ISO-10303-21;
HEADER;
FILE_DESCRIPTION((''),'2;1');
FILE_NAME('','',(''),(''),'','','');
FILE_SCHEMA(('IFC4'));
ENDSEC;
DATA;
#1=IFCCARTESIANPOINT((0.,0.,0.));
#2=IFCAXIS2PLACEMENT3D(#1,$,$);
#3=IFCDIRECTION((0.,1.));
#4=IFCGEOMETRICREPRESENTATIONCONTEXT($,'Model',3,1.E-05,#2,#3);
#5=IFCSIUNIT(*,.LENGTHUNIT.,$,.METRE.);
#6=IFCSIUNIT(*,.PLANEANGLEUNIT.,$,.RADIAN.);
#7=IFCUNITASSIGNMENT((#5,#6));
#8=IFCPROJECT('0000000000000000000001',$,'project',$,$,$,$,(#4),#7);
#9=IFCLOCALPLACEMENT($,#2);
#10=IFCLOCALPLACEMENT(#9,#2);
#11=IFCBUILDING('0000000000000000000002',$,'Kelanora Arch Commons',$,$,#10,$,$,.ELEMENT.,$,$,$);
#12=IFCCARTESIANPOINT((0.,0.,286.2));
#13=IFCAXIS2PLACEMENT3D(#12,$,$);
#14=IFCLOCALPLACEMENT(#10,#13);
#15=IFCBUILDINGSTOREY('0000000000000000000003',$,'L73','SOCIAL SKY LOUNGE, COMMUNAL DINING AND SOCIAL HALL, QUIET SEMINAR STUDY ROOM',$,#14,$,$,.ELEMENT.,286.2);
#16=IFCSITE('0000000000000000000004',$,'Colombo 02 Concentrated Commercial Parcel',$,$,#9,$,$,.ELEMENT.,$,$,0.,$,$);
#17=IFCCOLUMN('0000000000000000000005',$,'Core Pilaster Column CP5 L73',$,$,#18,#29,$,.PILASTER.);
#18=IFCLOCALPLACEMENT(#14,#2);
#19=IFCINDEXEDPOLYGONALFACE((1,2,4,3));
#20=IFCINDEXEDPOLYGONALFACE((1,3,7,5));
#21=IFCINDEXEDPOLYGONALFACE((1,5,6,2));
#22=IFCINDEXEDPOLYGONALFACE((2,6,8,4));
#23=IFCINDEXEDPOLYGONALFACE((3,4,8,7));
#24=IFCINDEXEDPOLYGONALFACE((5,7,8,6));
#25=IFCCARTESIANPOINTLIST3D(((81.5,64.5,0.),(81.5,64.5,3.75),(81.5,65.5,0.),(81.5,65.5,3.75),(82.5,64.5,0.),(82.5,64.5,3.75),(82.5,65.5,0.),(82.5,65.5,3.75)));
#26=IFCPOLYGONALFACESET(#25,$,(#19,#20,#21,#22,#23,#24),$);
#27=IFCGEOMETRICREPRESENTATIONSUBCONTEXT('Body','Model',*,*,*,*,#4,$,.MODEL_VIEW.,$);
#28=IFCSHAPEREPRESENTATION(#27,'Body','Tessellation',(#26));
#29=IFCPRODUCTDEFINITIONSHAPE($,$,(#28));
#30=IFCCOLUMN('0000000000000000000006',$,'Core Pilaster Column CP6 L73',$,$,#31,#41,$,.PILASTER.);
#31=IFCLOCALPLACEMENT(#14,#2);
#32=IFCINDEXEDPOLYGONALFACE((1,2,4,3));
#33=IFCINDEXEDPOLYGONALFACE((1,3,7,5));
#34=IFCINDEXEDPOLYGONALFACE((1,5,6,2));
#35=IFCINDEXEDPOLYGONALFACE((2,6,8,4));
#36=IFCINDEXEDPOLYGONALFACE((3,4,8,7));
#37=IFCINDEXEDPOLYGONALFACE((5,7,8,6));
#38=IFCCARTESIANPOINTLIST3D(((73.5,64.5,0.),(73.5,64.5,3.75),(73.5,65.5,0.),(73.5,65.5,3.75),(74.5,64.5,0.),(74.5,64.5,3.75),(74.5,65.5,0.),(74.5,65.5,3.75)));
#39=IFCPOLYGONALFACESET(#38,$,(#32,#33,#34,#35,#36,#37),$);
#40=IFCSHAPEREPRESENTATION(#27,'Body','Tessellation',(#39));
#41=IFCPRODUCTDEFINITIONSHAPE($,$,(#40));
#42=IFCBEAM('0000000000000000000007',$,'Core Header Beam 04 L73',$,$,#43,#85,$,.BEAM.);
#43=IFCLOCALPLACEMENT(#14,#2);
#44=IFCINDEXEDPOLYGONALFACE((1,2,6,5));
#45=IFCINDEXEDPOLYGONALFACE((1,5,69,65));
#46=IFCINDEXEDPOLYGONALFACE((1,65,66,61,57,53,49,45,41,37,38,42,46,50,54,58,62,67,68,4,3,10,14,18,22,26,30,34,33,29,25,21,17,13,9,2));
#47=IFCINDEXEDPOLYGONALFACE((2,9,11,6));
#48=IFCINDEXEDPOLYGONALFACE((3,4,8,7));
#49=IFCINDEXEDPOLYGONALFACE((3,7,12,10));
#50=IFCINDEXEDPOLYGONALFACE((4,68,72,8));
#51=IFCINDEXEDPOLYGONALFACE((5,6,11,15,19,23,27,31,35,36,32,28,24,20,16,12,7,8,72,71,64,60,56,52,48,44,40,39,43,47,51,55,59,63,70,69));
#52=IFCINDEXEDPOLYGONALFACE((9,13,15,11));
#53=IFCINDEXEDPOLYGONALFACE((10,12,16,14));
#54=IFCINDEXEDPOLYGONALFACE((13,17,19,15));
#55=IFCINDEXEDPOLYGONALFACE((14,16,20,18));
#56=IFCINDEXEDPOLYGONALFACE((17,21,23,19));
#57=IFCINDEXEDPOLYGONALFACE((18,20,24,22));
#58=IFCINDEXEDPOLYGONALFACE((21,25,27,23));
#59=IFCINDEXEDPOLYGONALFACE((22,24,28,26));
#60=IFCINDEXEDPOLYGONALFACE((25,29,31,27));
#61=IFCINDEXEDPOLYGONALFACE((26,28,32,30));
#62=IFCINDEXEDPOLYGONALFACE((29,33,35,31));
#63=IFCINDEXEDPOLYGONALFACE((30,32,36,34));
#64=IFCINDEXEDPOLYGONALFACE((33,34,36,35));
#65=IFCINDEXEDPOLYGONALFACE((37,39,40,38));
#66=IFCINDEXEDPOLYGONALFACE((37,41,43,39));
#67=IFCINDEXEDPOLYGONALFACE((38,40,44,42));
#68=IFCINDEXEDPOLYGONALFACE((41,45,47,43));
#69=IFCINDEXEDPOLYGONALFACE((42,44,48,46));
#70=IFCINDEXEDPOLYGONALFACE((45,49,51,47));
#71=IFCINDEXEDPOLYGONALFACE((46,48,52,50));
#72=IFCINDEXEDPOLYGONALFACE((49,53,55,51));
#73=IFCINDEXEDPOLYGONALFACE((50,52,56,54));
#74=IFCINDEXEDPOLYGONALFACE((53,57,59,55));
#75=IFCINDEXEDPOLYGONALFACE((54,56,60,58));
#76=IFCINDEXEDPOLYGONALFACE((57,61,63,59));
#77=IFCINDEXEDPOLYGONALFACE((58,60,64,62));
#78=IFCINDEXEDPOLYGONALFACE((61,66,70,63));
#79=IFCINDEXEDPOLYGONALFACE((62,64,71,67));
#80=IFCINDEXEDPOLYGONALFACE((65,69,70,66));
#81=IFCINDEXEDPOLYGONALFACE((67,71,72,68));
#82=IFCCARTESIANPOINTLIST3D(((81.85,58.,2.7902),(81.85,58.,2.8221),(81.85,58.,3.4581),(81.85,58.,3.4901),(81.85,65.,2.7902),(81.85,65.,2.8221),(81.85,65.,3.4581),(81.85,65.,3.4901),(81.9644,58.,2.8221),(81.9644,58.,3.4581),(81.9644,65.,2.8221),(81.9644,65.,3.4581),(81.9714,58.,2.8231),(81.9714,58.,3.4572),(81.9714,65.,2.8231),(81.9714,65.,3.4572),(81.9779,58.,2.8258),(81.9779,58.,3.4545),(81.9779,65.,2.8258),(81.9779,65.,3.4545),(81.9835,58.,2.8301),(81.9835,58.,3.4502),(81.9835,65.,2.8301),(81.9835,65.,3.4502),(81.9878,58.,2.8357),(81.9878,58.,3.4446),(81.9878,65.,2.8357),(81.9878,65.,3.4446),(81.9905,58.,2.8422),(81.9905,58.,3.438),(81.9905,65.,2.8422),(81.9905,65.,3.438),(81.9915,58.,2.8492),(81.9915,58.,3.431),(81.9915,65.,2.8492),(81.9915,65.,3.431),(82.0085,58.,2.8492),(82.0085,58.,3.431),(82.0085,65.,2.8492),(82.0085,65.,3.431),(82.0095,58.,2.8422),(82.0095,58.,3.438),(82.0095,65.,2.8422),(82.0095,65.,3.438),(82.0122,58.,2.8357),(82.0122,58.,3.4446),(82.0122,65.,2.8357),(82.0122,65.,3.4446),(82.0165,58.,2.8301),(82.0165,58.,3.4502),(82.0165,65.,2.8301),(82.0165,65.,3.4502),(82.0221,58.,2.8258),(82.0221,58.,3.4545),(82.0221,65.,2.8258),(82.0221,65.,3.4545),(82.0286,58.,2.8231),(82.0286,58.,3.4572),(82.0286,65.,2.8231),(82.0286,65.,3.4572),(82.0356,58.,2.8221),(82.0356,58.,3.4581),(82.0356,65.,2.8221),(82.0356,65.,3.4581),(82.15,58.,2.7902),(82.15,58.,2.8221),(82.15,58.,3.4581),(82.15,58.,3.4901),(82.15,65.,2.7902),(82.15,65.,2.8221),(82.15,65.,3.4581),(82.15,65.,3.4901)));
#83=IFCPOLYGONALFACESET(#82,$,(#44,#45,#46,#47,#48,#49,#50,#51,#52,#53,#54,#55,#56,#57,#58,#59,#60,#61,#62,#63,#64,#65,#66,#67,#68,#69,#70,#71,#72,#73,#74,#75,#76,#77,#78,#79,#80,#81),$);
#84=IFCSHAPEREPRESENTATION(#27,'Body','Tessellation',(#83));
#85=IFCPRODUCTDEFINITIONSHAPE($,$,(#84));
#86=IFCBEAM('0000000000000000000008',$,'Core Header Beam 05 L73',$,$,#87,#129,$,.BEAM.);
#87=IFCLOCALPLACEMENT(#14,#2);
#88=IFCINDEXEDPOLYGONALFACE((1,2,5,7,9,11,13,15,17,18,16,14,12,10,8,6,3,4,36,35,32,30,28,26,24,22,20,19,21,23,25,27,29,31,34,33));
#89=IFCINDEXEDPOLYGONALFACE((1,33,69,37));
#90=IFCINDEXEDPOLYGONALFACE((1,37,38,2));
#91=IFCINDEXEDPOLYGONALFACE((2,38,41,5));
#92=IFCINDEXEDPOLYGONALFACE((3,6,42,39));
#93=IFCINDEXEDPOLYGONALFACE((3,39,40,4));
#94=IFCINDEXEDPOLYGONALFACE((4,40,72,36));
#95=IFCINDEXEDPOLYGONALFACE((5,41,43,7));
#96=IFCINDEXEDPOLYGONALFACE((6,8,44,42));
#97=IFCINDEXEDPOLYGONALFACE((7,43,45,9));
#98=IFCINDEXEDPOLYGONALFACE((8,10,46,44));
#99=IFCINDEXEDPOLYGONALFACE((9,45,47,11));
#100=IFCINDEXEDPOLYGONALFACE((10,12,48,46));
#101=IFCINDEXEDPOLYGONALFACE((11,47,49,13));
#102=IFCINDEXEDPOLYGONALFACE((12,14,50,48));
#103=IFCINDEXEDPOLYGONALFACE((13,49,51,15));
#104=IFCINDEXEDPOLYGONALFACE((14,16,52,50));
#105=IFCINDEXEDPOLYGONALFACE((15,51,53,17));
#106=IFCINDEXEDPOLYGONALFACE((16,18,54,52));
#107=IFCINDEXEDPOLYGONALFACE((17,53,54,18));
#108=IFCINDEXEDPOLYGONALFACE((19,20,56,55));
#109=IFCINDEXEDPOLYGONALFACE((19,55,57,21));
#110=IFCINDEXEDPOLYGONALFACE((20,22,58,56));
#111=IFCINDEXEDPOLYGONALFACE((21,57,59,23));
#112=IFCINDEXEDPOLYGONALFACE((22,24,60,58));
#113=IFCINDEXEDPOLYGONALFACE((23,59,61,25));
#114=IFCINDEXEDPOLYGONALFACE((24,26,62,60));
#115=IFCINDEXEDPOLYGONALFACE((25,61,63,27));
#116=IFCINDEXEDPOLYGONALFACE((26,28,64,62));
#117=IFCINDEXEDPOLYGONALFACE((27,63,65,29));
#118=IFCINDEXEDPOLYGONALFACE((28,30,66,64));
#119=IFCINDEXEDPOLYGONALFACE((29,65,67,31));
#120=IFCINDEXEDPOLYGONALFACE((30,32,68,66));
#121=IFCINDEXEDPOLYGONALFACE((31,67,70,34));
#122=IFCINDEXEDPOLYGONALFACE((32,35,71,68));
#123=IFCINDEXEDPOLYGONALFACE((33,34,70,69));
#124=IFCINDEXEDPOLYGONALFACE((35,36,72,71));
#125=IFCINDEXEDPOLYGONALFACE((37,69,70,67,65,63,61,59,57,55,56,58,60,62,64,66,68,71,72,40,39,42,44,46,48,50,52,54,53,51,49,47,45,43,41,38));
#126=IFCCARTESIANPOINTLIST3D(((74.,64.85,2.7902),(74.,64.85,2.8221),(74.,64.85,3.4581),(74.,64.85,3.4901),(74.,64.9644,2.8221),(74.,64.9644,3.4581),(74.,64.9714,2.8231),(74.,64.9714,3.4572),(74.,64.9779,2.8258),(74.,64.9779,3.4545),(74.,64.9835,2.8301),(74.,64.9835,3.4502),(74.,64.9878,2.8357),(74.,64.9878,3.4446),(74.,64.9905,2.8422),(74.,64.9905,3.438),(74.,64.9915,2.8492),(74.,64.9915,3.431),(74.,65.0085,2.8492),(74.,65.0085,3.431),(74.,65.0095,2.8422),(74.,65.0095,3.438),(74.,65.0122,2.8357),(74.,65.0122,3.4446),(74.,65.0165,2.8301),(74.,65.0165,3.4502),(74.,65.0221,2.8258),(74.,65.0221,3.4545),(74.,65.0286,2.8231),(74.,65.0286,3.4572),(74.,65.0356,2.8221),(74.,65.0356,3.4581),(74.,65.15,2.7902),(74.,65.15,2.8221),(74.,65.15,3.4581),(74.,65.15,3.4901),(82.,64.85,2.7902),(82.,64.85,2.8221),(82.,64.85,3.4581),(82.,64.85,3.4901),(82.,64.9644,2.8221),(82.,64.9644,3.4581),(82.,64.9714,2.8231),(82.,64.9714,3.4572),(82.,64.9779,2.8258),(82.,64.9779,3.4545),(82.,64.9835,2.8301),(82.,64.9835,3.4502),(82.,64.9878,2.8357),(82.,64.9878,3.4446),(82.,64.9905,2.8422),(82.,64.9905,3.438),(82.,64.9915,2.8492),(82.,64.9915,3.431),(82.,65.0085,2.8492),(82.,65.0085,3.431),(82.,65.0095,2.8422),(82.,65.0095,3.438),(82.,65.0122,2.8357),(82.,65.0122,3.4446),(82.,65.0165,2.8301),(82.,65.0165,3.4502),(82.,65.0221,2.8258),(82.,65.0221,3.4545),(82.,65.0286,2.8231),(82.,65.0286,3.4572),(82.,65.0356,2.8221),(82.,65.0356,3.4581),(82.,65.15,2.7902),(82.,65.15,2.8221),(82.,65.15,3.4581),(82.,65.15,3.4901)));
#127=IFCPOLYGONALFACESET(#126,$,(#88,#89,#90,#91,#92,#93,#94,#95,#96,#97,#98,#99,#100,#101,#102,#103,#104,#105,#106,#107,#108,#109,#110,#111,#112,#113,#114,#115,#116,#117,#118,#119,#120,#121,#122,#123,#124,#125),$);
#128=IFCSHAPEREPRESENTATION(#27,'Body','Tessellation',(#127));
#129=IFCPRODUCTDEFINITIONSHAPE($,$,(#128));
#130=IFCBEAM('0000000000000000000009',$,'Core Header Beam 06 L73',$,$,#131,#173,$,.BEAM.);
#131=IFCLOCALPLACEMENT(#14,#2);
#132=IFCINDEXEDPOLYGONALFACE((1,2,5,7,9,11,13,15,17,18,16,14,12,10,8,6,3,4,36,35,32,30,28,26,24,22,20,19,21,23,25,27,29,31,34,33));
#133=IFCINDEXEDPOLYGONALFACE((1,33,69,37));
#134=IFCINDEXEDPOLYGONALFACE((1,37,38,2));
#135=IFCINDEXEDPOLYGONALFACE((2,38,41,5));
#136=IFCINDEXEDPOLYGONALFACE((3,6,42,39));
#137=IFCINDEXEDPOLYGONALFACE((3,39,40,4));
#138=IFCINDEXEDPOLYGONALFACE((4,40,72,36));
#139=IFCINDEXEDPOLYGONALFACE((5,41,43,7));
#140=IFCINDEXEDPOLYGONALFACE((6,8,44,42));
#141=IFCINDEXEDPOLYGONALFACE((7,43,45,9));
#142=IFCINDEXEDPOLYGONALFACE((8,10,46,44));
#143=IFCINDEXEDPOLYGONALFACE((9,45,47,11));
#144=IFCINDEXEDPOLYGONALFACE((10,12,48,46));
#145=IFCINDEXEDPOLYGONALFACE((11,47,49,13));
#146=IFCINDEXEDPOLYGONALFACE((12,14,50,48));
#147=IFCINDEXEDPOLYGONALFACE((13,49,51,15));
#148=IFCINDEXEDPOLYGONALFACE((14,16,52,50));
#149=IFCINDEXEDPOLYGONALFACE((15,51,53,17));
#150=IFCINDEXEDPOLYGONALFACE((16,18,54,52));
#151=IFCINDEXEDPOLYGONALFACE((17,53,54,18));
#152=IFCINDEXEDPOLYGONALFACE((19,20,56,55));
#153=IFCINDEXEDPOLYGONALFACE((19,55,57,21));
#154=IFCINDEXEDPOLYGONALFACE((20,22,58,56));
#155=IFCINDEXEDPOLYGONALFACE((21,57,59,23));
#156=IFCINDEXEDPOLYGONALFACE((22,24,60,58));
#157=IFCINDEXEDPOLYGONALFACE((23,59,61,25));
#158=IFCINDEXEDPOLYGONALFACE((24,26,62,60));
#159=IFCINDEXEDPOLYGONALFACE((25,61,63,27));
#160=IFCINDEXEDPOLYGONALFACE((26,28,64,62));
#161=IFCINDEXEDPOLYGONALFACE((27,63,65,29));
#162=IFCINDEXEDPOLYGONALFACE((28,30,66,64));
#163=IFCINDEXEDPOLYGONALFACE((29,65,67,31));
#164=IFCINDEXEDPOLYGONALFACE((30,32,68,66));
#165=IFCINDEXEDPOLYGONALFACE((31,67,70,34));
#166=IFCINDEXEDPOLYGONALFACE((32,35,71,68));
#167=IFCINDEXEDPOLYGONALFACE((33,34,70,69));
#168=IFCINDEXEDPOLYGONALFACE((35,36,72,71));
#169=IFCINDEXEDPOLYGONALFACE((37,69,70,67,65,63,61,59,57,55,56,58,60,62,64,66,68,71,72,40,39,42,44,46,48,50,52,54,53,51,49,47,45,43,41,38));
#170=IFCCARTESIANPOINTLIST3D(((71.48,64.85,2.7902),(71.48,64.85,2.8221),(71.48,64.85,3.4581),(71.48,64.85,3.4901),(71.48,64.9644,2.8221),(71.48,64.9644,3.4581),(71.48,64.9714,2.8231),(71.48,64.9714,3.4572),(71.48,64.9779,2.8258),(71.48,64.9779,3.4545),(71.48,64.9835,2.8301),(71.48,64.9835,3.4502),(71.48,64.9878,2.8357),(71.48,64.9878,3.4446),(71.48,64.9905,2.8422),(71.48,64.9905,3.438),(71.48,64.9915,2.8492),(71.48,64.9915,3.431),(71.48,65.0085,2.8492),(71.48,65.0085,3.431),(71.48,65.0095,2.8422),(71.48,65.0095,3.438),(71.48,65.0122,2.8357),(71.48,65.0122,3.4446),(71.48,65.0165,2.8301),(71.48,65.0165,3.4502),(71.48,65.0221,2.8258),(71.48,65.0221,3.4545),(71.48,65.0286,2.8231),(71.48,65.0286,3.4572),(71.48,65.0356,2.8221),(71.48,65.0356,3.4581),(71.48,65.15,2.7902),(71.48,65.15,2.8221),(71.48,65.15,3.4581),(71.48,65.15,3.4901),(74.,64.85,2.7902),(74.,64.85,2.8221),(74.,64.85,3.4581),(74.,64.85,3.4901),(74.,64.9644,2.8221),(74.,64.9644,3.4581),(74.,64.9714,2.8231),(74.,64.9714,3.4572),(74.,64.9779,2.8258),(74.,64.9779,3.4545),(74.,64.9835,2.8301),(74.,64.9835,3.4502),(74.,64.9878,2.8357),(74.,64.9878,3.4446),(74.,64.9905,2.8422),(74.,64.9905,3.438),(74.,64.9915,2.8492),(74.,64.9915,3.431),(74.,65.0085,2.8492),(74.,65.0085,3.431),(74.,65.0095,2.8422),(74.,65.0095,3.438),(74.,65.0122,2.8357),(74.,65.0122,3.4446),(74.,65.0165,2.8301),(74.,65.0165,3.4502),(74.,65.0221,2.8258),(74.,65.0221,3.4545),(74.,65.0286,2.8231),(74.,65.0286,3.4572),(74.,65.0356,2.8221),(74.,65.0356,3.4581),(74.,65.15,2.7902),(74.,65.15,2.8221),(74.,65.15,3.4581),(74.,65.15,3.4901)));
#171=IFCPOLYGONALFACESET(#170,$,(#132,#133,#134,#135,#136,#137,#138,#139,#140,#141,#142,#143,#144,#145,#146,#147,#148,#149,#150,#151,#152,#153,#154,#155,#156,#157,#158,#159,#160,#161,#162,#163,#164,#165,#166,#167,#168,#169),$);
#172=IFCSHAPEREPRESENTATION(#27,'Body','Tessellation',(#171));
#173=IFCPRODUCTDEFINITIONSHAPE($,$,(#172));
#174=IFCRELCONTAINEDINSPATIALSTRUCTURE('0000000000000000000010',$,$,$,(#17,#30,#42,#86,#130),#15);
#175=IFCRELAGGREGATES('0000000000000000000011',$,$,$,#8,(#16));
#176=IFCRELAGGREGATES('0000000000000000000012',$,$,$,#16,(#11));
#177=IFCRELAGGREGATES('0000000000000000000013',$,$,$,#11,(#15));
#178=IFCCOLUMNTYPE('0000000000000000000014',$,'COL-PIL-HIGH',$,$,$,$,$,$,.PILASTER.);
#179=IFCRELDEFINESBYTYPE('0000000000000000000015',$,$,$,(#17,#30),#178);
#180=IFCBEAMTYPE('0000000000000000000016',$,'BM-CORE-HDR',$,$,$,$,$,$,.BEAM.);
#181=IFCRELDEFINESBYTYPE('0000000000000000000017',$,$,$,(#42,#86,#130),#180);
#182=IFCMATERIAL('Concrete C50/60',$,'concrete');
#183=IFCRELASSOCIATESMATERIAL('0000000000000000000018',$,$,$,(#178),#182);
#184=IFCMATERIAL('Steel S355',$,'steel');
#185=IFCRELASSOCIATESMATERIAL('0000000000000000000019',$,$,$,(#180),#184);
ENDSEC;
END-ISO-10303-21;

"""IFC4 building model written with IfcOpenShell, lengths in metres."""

from ifc_helpers import new_model, si_unit, direction, frame, origin, origin_2d, place, context, subcontext, project, spatial, rectangle, i_section, extrude, material, material_profile, profile_set, type_object, element, save


model = new_model("IFC4")

# Units and contexts
model_context = context("Model", 3, precision=1e-05, world=origin(), true_north=direction((0.0, 1.0)))
body_context = subcontext(model_context, "Body", "Model", "MODEL_VIEW")
ifc_project = project(units=[si_unit("LENGTHUNIT", "METRE"), si_unit("PLANEANGLEUNIT", "RADIAN")], contexts=[model_context])

# Site, building, storey
site_placement = place(None, origin())
site = spatial("IfcSite", under=ifc_project, at=site_placement, Name="Colombo 02 Concentrated Commercial Parcel", CompositionType="ELEMENT", RefElevation=0.0)
building_placement = place(site_placement, origin())
building = spatial("IfcBuilding", under=site, at=building_placement, Name="Kelanora Arch Commons", CompositionType="ELEMENT")
storey_placement = place(building_placement, frame((0.0, 0.0, 286.2)))
storey = spatial("IfcBuildingStorey", under=building, at=storey_placement, Name="L73", Description="SOCIAL SKY LOUNGE, COMMUNAL DINING AND SOCIAL HALL, QUIET SEMINAR STUDY ROOM", CompositionType="ELEMENT", Elevation=286.2)

# Columns
ifc_material_1 = material(Name="Concrete C50/60", Category="concrete")
ifc_material_profile_1 = material_profile(ifc_material_1, rectangle(XDim=1.0, YDim=1.0, at=origin_2d()), Name="RC1000x1000")
ifc_profile_set_1 = profile_set([ifc_material_profile_1], Name="Concrete C50/60")
column_type = type_object("IfcColumnType", Name="COL-PIL-HIGH", PredefinedType="PILASTER", material=ifc_profile_set_1)
for number, where, z_axis, x_axis, name in (
    (1, (82.0, 65.0, 0.0), (0.0, 0.0, 1.0), (1.0, 0.0, 0.0), "Core Pilaster Column CP5 L73"),
    (2, (74.0, 65.0, 0.0), (0.0, 0.0, 1.0), (1.0, 0.0, 0.0), "Core Pilaster Column CP6 L73"),
):
    element("IfcColumn", number, at=place(storey_placement, frame(where, z_axis=z_axis, x_axis=x_axis)), inside=storey, type_object=column_type, Name=name, PredefinedType="PILASTER", context=body_context, shape_type="SweptSolid", body=[
        extrude(rectangle(XDim=1.0, YDim=1.0, at=origin_2d()), origin(), (0.0, 0.0, 1.0), 3.75),
    ])

# Beams
ifc_material_2 = material(Name="Steel S355", Category="steel")
ifc_material_profile_2 = material_profile(ifc_material_2, i_section(OverallWidth=0.3, OverallDepth=0.7, WebThickness=0.0171, FlangeThickness=0.032, FilletRadius=0.0271, at=origin_2d()), Name="HEB700")
ifc_profile_set_2 = profile_set([ifc_material_profile_2], Name="Steel S355")
beam_type_1 = type_object("IfcBeamType", Name="BM-CORE-HDR", PredefinedType="BEAM", material=ifc_profile_set_2)
beam_1_placement = place(storey_placement, frame((82.0, 58.0, 3.1401), z_axis=(0.0, 1.0, 0.0), x_axis=(-1.0, 0.0, 0.0)))
element("IfcBeam", 3, at=beam_1_placement, inside=storey, type_object=beam_type_1, Name="Core Header Beam 04 L73", PredefinedType="BEAM", context=body_context, shape_type="SweptSolid", body=[
    extrude(i_section(OverallWidth=0.3, OverallDepth=0.7, WebThickness=0.0171, FlangeThickness=0.032, FilletRadius=0.0271, at=origin_2d()), origin(), (0.0, 0.0, 1.0), 7.0),
])
beam_2_placement = place(storey_placement, frame((82.0, 65.0, 3.1401), z_axis=(-1.0, 0.0, 0.0), x_axis=(0.0, -1.0, 0.0)))
element("IfcBeam", 4, at=beam_2_placement, inside=storey, type_object=beam_type_1, Name="Core Header Beam 05 L73", PredefinedType="BEAM", context=body_context, shape_type="SweptSolid", body=[
    extrude(i_section(OverallWidth=0.3, OverallDepth=0.7, WebThickness=0.0171, FlangeThickness=0.032, FilletRadius=0.0271, at=origin_2d()), origin(), (0.0, 0.0, 1.0), 8.0),
])
beam_3_placement = place(storey_placement, frame((74.0, 65.0, 3.1401), z_axis=(-1.0, 0.0, 0.0), x_axis=(0.0, -1.0, 0.0)))
element("IfcBeam", 5, at=beam_3_placement, inside=storey, type_object=beam_type_1, Name="Core Header Beam 06 L73", PredefinedType="BEAM", context=body_context, shape_type="SweptSolid", body=[
    extrude(i_section(OverallWidth=0.3, OverallDepth=0.7, WebThickness=0.0171, FlangeThickness=0.032, FilletRadius=0.0271, at=origin_2d()), origin(), (0.0, 0.0, 1.0), 2.52),
])

save(model, "model.ifc")
